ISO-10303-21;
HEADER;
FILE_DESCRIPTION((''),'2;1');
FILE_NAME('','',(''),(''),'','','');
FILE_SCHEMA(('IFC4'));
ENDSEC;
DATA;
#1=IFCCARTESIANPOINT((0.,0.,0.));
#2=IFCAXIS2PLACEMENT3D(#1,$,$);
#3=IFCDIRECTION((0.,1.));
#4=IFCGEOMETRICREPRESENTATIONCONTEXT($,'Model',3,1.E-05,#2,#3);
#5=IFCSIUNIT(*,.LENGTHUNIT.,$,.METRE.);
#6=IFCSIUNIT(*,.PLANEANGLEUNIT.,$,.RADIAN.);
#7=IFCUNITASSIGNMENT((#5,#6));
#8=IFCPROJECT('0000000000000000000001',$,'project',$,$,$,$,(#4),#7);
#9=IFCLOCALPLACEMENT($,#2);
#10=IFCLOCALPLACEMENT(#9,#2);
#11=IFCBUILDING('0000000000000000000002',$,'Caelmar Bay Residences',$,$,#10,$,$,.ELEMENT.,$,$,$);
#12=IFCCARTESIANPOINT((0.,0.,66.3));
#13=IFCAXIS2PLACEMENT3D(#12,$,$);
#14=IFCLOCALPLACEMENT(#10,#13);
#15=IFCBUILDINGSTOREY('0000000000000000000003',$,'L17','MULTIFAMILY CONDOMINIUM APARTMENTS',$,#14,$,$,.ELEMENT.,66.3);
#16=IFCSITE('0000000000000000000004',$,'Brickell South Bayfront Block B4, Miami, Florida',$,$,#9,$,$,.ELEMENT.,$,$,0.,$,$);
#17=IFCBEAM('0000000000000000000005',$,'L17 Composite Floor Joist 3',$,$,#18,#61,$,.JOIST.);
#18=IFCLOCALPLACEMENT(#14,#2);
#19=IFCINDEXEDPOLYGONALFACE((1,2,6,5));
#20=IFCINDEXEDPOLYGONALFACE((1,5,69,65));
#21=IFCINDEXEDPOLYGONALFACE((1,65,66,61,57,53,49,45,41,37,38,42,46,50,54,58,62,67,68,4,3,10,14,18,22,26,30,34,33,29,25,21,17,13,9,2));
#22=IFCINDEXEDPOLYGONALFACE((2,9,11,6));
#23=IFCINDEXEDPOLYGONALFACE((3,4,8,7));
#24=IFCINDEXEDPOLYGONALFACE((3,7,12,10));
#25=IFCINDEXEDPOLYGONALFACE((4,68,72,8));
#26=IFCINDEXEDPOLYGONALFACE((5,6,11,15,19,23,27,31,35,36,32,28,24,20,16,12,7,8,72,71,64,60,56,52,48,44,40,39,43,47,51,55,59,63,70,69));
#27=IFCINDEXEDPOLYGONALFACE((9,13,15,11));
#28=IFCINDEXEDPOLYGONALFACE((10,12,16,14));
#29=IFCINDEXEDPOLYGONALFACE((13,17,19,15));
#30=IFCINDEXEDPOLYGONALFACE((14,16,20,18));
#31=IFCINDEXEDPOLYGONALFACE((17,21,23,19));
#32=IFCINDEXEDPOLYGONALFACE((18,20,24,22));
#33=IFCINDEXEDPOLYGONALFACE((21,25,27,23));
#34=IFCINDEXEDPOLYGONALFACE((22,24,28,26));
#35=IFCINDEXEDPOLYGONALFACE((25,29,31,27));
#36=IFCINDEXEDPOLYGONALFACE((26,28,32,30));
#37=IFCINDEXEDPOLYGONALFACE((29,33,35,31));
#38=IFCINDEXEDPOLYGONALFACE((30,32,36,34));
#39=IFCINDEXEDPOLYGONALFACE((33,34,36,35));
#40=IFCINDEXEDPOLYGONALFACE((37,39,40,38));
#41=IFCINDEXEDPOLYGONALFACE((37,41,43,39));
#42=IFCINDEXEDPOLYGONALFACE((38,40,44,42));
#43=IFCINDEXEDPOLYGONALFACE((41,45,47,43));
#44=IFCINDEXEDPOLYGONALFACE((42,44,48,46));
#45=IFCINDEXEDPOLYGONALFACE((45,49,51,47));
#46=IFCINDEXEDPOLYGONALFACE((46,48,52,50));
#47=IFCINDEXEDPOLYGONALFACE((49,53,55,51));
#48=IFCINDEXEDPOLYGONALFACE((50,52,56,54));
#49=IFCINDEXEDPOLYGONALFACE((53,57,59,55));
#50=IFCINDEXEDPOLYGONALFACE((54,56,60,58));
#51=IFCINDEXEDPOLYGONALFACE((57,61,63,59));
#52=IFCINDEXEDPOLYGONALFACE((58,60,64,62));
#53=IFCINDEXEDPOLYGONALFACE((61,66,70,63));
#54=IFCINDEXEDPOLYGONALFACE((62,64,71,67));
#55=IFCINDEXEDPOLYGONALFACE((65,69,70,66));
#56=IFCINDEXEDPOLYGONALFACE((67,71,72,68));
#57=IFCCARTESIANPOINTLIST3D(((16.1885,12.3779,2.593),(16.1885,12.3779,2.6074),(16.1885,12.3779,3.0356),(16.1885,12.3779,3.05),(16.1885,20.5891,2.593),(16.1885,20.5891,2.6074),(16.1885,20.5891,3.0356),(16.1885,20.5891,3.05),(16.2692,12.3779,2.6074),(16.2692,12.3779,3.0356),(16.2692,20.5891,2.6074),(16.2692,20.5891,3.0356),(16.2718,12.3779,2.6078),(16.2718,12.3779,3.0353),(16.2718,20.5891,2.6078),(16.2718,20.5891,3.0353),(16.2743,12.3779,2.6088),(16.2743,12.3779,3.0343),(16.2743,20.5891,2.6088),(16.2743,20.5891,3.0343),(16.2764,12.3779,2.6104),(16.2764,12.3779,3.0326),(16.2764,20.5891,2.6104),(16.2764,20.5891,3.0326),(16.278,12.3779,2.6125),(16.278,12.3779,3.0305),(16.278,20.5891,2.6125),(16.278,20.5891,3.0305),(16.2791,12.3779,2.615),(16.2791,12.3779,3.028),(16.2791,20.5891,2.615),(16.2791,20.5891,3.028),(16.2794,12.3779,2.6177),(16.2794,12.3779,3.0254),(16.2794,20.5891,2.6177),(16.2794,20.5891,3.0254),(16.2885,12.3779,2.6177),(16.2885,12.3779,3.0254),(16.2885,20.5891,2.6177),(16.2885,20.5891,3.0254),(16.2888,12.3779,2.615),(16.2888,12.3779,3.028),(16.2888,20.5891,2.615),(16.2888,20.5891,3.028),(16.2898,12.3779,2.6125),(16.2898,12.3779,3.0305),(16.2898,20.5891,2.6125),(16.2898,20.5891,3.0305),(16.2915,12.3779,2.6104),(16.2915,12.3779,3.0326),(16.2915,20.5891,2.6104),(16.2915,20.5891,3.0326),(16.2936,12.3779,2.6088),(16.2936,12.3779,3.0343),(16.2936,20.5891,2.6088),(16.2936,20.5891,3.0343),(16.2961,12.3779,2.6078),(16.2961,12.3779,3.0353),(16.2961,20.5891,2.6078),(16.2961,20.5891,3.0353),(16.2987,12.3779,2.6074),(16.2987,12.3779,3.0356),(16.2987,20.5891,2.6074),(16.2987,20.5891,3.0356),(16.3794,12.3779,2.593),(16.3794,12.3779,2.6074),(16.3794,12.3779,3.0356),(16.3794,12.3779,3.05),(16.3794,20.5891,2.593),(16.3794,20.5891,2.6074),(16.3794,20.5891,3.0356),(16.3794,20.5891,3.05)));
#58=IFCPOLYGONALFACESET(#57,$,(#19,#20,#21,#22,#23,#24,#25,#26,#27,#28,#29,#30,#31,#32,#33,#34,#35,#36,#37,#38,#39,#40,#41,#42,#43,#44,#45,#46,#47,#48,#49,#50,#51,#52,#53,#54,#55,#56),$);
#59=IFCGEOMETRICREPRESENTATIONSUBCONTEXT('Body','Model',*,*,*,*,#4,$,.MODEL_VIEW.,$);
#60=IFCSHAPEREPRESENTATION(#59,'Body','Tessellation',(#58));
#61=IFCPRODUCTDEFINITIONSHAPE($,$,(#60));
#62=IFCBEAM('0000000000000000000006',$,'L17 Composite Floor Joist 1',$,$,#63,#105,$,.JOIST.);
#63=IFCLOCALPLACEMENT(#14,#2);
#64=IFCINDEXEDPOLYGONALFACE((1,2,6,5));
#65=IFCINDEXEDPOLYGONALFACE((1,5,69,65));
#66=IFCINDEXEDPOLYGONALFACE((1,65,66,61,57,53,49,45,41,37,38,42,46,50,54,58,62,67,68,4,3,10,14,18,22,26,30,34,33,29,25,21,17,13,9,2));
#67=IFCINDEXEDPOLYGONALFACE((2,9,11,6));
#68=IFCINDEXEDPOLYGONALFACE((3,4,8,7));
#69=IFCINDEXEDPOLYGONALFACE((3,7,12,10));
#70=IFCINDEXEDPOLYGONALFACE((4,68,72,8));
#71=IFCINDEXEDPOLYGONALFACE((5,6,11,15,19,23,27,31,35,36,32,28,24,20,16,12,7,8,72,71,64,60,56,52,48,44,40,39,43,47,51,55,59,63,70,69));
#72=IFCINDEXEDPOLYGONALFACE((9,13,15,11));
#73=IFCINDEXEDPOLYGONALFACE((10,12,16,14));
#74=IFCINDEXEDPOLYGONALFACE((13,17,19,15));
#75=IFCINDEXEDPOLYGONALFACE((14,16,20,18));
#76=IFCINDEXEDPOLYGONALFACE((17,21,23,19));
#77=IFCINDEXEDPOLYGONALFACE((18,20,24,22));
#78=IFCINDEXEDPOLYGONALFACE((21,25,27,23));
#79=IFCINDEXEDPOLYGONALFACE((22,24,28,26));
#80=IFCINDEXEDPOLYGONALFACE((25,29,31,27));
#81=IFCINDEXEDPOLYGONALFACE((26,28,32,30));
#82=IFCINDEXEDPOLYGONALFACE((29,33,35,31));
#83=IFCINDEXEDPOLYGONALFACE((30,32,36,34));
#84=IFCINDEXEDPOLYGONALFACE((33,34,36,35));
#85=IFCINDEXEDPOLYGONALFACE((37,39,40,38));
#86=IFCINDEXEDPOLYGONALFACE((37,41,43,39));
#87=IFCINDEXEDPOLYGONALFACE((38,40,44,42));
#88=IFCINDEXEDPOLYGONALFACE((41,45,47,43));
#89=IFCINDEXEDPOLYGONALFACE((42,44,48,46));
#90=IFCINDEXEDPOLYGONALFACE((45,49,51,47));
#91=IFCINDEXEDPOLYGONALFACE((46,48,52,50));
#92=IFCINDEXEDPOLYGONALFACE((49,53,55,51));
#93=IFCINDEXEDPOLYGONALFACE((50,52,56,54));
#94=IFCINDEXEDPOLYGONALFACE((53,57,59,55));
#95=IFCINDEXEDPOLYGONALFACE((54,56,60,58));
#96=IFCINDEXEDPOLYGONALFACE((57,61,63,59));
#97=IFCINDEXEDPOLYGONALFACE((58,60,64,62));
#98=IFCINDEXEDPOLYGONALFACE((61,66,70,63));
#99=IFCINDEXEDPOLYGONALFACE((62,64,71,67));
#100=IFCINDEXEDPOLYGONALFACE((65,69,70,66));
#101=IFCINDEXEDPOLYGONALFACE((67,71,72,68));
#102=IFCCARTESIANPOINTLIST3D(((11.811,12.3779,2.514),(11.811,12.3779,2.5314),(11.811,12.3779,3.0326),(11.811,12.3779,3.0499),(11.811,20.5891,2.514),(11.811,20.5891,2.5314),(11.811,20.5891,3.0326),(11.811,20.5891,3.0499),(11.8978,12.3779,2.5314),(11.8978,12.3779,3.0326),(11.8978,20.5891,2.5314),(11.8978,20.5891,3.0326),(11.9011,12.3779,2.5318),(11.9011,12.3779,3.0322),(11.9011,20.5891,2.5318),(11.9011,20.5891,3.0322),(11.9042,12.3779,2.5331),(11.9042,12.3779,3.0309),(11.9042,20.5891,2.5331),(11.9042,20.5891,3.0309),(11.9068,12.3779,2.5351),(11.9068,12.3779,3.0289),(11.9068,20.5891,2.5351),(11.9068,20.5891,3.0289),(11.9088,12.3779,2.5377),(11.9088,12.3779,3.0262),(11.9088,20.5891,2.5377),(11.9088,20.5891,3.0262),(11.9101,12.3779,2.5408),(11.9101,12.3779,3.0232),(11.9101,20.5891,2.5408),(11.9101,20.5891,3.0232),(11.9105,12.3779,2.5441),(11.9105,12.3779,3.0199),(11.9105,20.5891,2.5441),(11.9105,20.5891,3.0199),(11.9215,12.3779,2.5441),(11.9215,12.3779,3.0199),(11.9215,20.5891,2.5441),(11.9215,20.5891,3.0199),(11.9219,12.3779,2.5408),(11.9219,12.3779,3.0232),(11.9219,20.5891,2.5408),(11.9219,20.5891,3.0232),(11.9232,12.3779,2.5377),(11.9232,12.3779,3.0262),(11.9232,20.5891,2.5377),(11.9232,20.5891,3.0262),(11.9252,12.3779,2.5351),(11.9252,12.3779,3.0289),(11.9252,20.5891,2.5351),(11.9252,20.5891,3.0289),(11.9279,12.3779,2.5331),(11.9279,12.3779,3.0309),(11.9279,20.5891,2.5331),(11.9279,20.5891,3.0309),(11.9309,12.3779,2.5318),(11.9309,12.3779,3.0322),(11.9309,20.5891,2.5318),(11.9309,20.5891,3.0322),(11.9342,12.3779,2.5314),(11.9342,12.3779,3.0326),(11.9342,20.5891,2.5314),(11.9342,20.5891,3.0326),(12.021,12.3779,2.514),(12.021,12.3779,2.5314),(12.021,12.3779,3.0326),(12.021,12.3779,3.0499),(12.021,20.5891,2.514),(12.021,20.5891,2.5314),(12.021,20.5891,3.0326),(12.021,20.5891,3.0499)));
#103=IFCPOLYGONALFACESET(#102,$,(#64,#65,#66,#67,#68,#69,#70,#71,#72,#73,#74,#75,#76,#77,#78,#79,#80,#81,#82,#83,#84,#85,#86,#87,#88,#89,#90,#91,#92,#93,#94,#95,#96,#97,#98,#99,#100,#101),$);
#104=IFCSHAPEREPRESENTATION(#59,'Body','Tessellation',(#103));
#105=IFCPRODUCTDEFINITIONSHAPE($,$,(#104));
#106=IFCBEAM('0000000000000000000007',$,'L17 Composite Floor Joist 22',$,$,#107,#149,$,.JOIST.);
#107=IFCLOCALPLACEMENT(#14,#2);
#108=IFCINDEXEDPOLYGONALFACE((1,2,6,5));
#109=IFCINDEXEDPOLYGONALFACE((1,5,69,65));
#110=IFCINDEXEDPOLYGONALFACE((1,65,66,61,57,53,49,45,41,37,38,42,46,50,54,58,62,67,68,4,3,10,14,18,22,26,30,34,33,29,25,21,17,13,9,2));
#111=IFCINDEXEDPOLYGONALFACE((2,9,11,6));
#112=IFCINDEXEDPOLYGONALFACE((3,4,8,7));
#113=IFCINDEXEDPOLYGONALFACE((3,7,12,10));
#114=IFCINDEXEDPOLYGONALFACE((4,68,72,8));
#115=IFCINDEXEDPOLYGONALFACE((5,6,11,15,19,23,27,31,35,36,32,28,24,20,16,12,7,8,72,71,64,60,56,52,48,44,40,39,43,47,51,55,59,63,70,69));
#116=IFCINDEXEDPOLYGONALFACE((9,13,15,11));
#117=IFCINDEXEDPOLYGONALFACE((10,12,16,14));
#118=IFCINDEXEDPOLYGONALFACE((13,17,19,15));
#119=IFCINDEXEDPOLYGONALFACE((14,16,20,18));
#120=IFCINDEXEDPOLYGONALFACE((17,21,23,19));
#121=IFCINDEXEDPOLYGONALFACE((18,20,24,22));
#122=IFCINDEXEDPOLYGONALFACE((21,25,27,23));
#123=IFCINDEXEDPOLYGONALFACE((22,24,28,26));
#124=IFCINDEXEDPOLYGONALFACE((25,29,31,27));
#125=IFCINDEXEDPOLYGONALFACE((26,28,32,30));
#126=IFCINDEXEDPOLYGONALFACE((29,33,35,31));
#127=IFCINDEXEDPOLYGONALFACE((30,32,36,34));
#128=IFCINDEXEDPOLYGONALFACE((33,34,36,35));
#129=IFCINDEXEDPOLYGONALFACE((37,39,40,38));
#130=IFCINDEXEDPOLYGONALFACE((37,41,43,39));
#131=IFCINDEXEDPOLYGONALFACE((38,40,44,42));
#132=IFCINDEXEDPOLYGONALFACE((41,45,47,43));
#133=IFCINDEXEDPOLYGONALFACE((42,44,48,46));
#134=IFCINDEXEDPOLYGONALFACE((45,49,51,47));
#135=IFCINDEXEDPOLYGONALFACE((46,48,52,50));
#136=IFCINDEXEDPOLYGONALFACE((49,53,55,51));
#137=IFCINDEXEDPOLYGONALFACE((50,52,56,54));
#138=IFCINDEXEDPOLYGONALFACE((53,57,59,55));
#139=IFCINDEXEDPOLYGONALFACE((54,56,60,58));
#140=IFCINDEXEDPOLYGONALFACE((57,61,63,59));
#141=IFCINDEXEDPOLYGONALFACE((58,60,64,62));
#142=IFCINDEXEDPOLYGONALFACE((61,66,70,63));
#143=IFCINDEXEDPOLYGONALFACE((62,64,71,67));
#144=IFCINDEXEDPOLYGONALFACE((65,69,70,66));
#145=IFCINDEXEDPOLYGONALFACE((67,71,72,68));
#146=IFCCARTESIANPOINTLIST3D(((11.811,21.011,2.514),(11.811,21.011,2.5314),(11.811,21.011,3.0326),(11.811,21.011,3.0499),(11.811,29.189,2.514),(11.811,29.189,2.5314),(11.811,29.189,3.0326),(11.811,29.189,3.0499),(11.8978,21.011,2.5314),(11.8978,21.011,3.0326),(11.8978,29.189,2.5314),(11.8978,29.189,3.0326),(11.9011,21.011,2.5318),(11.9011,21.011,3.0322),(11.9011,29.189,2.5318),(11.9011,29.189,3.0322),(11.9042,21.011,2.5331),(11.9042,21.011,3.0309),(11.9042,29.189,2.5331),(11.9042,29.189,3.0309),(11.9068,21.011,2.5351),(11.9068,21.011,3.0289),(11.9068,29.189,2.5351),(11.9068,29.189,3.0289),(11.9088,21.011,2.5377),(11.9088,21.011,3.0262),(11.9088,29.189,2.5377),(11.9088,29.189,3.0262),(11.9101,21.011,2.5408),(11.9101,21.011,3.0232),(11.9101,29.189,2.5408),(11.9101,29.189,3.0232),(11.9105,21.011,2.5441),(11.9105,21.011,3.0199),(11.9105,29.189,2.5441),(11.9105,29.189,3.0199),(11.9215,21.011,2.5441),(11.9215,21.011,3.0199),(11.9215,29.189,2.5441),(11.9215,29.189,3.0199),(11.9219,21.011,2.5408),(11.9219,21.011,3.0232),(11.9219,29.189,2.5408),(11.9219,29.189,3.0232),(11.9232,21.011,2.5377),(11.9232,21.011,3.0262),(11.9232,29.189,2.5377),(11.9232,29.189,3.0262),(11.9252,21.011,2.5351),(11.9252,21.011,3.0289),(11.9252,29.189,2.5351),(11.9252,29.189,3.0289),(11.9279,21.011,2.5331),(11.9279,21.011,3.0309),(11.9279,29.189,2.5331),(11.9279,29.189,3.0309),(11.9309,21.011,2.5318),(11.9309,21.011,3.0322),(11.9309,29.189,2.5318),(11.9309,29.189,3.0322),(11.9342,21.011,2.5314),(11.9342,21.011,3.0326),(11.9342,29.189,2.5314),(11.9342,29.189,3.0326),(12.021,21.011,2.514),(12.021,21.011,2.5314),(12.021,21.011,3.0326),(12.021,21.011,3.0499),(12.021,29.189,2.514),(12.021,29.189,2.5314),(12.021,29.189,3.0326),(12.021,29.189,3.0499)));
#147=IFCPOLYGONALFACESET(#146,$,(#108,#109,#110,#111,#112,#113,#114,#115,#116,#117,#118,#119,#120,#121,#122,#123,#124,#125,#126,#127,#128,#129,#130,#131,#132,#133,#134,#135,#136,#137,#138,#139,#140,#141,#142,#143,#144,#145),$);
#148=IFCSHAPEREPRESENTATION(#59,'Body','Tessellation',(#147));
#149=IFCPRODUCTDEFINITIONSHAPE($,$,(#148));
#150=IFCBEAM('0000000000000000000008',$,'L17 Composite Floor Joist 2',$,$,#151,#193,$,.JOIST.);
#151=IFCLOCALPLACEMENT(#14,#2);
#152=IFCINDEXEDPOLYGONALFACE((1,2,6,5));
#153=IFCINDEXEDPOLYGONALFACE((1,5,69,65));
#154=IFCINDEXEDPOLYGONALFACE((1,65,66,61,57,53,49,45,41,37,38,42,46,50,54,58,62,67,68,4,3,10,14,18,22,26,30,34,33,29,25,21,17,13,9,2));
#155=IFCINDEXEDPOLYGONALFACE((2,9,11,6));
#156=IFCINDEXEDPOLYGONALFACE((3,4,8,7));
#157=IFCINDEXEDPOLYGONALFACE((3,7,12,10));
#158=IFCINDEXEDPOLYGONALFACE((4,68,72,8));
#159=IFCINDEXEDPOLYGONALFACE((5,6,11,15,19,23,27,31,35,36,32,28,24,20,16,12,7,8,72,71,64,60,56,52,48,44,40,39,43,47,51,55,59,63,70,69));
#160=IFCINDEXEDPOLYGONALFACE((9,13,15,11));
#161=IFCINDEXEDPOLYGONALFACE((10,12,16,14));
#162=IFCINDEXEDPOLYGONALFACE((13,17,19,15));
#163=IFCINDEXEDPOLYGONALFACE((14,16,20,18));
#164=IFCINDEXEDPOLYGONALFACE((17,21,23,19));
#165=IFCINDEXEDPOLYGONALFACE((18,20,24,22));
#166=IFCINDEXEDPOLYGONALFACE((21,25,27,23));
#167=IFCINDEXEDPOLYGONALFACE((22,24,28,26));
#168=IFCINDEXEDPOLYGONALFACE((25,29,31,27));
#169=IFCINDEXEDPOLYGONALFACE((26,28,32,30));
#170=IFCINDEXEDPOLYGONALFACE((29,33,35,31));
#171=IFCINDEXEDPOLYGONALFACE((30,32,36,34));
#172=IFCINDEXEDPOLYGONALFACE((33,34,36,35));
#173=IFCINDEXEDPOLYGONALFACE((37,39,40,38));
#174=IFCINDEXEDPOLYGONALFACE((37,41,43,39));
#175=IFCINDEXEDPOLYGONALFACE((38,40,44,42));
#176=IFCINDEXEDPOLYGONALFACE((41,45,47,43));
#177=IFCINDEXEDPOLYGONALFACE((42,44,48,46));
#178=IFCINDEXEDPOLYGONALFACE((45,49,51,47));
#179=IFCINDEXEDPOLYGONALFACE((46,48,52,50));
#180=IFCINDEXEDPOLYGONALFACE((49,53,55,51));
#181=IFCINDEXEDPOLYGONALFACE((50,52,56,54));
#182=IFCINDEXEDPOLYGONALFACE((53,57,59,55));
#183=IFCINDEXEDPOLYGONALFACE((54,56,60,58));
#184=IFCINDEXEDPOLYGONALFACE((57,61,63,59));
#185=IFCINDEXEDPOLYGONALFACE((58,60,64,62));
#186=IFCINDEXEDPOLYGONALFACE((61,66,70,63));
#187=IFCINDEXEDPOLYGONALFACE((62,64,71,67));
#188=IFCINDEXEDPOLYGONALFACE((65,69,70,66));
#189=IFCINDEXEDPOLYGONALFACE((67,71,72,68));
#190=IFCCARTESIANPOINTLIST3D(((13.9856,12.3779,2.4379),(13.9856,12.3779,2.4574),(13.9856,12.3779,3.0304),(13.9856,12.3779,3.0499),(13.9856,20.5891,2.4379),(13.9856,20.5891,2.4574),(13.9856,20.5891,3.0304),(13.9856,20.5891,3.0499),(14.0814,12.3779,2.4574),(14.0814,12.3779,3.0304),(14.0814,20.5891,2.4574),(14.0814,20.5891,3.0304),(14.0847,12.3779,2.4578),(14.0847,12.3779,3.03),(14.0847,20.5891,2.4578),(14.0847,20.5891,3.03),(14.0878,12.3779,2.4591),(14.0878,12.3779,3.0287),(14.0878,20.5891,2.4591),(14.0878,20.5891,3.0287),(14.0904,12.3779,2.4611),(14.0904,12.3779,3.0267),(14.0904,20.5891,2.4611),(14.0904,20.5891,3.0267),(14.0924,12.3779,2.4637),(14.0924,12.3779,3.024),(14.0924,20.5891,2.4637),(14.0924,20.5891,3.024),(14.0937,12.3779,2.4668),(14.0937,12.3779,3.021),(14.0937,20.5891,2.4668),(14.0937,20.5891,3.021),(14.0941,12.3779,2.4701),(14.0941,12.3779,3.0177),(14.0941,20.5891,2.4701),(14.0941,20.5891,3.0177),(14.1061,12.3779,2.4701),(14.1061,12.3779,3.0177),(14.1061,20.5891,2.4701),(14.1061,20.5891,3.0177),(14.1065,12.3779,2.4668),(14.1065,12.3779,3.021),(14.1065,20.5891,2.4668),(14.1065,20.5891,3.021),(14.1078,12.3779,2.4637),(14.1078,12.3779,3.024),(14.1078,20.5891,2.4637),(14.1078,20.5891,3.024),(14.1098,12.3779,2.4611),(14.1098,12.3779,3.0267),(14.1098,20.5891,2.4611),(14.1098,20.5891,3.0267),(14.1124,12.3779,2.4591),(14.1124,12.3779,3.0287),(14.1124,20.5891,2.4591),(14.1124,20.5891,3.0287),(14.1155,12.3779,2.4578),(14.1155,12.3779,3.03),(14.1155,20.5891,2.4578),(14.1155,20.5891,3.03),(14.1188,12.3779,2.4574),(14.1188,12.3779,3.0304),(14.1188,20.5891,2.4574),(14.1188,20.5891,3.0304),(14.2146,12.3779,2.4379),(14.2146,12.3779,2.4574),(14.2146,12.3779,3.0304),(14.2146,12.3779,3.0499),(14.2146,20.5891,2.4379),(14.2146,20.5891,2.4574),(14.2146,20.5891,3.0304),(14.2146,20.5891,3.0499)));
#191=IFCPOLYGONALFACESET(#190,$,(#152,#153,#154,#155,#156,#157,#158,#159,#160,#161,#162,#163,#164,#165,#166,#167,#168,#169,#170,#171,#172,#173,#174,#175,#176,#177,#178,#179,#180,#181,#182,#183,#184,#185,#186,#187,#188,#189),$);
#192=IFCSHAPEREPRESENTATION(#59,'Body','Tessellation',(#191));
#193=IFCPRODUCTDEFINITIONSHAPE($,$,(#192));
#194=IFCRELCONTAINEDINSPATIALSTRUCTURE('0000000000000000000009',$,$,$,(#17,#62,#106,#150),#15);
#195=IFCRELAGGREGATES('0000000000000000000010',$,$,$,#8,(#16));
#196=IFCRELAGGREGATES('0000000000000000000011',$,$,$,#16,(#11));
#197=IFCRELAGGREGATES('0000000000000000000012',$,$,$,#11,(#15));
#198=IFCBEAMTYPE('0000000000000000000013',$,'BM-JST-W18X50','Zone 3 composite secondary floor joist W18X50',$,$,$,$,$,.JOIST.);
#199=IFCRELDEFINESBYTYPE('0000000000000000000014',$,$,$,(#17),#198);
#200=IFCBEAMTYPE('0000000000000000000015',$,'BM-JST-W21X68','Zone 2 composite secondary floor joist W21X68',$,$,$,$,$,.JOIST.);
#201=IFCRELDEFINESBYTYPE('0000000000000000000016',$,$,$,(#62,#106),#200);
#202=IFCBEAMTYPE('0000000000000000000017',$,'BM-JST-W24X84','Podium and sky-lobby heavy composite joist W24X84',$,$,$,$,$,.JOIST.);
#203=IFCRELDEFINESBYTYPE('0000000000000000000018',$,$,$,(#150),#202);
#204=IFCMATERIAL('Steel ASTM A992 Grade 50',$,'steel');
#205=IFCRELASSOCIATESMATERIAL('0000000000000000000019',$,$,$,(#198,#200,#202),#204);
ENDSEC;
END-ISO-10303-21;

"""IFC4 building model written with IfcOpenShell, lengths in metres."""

from ifc_helpers import new_model, si_unit, direction, frame, origin, origin_2d, place, context, subcontext, project, spatial, i_section, extrude, material, material_profile, profile_set, type_object, element, save


model = new_model("IFC4")

# Units and contexts
model_context = context("Model", 3, precision=1e-05, world=origin(), true_north=direction((0.0, 1.0)))
body_context = subcontext(model_context, "Body", "Model", "MODEL_VIEW")
ifc_project = project(units=[si_unit("LENGTHUNIT", "METRE"), si_unit("PLANEANGLEUNIT", "RADIAN")], contexts=[model_context])

# Site, building, storey
site_placement = place(None, origin())
site = spatial("IfcSite", under=ifc_project, at=site_placement, Name="Brickell South Bayfront Block B4, Miami, Florida", CompositionType="ELEMENT", RefElevation=0.0)
building_placement = place(site_placement, origin())
building = spatial("IfcBuilding", under=site, at=building_placement, Name="Caelmar Bay Residences", CompositionType="ELEMENT")
storey_placement = place(building_placement, frame((0.0, 0.0, 66.3)))
storey = spatial("IfcBuildingStorey", under=building, at=storey_placement, Name="L17", Description="MULTIFAMILY CONDOMINIUM APARTMENTS", CompositionType="ELEMENT", Elevation=66.3)

# Beams
ifc_material_1 = material(Name="Steel ASTM A992 Grade 50", Category="steel")
ifc_material_profile_1 = material_profile(ifc_material_1, i_section(OverallWidth=0.1909, OverallDepth=0.457, WebThickness=0.009, FlangeThickness=0.0144, FilletRadius=0.0103, at=origin_2d()), Name="W18X50")
ifc_profile_set_1 = profile_set([ifc_material_profile_1], Name="Steel ASTM A992 Grade 50")
beam_type_1 = type_object("IfcBeamType", Name="BM-JST-W18X50", Description="Zone 3 composite secondary floor joist W18X50", PredefinedType="JOIST", material=ifc_profile_set_1)
beam_1_placement = place(storey_placement, frame((16.2839, 12.3779, 2.8215), z_axis=(0.0, 1.0, 0.0), x_axis=(-1.0, 0.0, 0.0)))
element("IfcBeam", 1, at=beam_1_placement, inside=storey, type_object=beam_type_1, Name="L17 Composite Floor Joist 3", PredefinedType="JOIST", context=body_context, shape_type="SweptSolid", body=[
    extrude(i_section(OverallWidth=0.1909, OverallDepth=0.457, WebThickness=0.009, FlangeThickness=0.0144, FilletRadius=0.0103, at=origin_2d()), origin(), (0.0, 0.0, 1.0), 8.2112),
])
ifc_material_profile_2 = material_profile(ifc_material_1, i_section(OverallWidth=0.21, OverallDepth=0.5359, WebThickness=0.011, FlangeThickness=0.0173, FilletRadius=0.0127, at=origin_2d()), Name="W21X68")
ifc_profile_set_2 = profile_set([ifc_material_profile_2], Name="Steel ASTM A992 Grade 50")
beam_type_2 = type_object("IfcBeamType", Name="BM-JST-W21X68", Description="Zone 2 composite secondary floor joist W21X68", PredefinedType="JOIST", material=ifc_profile_set_2)
beam_2_placement = place(storey_placement, frame((11.916, 12.3779, 2.782), z_axis=(0.0, 1.0, 0.0), x_axis=(-1.0, 0.0, 0.0)))
element("IfcBeam", 2, at=beam_2_placement, inside=storey, type_object=beam_type_2, Name="L17 Composite Floor Joist 1", PredefinedType="JOIST", context=body_context, shape_type="SweptSolid", body=[
    extrude(i_section(OverallWidth=0.21, OverallDepth=0.5359, WebThickness=0.011, FlangeThickness=0.0173, FilletRadius=0.0127, at=origin_2d()), origin(), (0.0, 0.0, 1.0), 8.2112),
])
beam_3_placement = place(storey_placement, frame((11.916, 21.011, 2.782), z_axis=(0.0, 1.0, 0.0), x_axis=(-1.0, 0.0, 0.0)))
element("IfcBeam", 3, at=beam_3_placement, inside=storey, type_object=beam_type_2, Name="L17 Composite Floor Joist 22", PredefinedType="JOIST", context=body_context, shape_type="SweptSolid", body=[
    extrude(i_section(OverallWidth=0.21, OverallDepth=0.5359, WebThickness=0.011, FlangeThickness=0.0173, FilletRadius=0.0127, at=origin_2d()), origin(), (0.0, 0.0, 1.0), 8.178),
])
ifc_material_profile_3 = material_profile(ifc_material_1, i_section(OverallWidth=0.229, OverallDepth=0.6121, WebThickness=0.012, FlangeThickness=0.0195, FilletRadius=0.0127, at=origin_2d()), Name="W24X84")
ifc_profile_set_3 = profile_set([ifc_material_profile_3], Name="Steel ASTM A992 Grade 50")
beam_type_3 = type_object("IfcBeamType", Name="BM-JST-W24X84", Description="Podium and sky-lobby heavy composite joist W24X84", PredefinedType="JOIST", material=ifc_profile_set_3)
beam_4_placement = place(storey_placement, frame((14.1001, 12.3779, 2.7439), z_axis=(0.0, 1.0, 0.0), x_axis=(-1.0, 0.0, 0.0)))
element("IfcBeam", 4, at=beam_4_placement, inside=storey, type_object=beam_type_3, Name="L17 Composite Floor Joist 2", PredefinedType="JOIST", context=body_context, shape_type="SweptSolid", body=[
    extrude(i_section(OverallWidth=0.229, OverallDepth=0.6121, WebThickness=0.012, FlangeThickness=0.0195, FilletRadius=0.0127, at=origin_2d()), origin(), (0.0, 0.0, 1.0), 8.2112),
])

save(model, "model.ifc")
